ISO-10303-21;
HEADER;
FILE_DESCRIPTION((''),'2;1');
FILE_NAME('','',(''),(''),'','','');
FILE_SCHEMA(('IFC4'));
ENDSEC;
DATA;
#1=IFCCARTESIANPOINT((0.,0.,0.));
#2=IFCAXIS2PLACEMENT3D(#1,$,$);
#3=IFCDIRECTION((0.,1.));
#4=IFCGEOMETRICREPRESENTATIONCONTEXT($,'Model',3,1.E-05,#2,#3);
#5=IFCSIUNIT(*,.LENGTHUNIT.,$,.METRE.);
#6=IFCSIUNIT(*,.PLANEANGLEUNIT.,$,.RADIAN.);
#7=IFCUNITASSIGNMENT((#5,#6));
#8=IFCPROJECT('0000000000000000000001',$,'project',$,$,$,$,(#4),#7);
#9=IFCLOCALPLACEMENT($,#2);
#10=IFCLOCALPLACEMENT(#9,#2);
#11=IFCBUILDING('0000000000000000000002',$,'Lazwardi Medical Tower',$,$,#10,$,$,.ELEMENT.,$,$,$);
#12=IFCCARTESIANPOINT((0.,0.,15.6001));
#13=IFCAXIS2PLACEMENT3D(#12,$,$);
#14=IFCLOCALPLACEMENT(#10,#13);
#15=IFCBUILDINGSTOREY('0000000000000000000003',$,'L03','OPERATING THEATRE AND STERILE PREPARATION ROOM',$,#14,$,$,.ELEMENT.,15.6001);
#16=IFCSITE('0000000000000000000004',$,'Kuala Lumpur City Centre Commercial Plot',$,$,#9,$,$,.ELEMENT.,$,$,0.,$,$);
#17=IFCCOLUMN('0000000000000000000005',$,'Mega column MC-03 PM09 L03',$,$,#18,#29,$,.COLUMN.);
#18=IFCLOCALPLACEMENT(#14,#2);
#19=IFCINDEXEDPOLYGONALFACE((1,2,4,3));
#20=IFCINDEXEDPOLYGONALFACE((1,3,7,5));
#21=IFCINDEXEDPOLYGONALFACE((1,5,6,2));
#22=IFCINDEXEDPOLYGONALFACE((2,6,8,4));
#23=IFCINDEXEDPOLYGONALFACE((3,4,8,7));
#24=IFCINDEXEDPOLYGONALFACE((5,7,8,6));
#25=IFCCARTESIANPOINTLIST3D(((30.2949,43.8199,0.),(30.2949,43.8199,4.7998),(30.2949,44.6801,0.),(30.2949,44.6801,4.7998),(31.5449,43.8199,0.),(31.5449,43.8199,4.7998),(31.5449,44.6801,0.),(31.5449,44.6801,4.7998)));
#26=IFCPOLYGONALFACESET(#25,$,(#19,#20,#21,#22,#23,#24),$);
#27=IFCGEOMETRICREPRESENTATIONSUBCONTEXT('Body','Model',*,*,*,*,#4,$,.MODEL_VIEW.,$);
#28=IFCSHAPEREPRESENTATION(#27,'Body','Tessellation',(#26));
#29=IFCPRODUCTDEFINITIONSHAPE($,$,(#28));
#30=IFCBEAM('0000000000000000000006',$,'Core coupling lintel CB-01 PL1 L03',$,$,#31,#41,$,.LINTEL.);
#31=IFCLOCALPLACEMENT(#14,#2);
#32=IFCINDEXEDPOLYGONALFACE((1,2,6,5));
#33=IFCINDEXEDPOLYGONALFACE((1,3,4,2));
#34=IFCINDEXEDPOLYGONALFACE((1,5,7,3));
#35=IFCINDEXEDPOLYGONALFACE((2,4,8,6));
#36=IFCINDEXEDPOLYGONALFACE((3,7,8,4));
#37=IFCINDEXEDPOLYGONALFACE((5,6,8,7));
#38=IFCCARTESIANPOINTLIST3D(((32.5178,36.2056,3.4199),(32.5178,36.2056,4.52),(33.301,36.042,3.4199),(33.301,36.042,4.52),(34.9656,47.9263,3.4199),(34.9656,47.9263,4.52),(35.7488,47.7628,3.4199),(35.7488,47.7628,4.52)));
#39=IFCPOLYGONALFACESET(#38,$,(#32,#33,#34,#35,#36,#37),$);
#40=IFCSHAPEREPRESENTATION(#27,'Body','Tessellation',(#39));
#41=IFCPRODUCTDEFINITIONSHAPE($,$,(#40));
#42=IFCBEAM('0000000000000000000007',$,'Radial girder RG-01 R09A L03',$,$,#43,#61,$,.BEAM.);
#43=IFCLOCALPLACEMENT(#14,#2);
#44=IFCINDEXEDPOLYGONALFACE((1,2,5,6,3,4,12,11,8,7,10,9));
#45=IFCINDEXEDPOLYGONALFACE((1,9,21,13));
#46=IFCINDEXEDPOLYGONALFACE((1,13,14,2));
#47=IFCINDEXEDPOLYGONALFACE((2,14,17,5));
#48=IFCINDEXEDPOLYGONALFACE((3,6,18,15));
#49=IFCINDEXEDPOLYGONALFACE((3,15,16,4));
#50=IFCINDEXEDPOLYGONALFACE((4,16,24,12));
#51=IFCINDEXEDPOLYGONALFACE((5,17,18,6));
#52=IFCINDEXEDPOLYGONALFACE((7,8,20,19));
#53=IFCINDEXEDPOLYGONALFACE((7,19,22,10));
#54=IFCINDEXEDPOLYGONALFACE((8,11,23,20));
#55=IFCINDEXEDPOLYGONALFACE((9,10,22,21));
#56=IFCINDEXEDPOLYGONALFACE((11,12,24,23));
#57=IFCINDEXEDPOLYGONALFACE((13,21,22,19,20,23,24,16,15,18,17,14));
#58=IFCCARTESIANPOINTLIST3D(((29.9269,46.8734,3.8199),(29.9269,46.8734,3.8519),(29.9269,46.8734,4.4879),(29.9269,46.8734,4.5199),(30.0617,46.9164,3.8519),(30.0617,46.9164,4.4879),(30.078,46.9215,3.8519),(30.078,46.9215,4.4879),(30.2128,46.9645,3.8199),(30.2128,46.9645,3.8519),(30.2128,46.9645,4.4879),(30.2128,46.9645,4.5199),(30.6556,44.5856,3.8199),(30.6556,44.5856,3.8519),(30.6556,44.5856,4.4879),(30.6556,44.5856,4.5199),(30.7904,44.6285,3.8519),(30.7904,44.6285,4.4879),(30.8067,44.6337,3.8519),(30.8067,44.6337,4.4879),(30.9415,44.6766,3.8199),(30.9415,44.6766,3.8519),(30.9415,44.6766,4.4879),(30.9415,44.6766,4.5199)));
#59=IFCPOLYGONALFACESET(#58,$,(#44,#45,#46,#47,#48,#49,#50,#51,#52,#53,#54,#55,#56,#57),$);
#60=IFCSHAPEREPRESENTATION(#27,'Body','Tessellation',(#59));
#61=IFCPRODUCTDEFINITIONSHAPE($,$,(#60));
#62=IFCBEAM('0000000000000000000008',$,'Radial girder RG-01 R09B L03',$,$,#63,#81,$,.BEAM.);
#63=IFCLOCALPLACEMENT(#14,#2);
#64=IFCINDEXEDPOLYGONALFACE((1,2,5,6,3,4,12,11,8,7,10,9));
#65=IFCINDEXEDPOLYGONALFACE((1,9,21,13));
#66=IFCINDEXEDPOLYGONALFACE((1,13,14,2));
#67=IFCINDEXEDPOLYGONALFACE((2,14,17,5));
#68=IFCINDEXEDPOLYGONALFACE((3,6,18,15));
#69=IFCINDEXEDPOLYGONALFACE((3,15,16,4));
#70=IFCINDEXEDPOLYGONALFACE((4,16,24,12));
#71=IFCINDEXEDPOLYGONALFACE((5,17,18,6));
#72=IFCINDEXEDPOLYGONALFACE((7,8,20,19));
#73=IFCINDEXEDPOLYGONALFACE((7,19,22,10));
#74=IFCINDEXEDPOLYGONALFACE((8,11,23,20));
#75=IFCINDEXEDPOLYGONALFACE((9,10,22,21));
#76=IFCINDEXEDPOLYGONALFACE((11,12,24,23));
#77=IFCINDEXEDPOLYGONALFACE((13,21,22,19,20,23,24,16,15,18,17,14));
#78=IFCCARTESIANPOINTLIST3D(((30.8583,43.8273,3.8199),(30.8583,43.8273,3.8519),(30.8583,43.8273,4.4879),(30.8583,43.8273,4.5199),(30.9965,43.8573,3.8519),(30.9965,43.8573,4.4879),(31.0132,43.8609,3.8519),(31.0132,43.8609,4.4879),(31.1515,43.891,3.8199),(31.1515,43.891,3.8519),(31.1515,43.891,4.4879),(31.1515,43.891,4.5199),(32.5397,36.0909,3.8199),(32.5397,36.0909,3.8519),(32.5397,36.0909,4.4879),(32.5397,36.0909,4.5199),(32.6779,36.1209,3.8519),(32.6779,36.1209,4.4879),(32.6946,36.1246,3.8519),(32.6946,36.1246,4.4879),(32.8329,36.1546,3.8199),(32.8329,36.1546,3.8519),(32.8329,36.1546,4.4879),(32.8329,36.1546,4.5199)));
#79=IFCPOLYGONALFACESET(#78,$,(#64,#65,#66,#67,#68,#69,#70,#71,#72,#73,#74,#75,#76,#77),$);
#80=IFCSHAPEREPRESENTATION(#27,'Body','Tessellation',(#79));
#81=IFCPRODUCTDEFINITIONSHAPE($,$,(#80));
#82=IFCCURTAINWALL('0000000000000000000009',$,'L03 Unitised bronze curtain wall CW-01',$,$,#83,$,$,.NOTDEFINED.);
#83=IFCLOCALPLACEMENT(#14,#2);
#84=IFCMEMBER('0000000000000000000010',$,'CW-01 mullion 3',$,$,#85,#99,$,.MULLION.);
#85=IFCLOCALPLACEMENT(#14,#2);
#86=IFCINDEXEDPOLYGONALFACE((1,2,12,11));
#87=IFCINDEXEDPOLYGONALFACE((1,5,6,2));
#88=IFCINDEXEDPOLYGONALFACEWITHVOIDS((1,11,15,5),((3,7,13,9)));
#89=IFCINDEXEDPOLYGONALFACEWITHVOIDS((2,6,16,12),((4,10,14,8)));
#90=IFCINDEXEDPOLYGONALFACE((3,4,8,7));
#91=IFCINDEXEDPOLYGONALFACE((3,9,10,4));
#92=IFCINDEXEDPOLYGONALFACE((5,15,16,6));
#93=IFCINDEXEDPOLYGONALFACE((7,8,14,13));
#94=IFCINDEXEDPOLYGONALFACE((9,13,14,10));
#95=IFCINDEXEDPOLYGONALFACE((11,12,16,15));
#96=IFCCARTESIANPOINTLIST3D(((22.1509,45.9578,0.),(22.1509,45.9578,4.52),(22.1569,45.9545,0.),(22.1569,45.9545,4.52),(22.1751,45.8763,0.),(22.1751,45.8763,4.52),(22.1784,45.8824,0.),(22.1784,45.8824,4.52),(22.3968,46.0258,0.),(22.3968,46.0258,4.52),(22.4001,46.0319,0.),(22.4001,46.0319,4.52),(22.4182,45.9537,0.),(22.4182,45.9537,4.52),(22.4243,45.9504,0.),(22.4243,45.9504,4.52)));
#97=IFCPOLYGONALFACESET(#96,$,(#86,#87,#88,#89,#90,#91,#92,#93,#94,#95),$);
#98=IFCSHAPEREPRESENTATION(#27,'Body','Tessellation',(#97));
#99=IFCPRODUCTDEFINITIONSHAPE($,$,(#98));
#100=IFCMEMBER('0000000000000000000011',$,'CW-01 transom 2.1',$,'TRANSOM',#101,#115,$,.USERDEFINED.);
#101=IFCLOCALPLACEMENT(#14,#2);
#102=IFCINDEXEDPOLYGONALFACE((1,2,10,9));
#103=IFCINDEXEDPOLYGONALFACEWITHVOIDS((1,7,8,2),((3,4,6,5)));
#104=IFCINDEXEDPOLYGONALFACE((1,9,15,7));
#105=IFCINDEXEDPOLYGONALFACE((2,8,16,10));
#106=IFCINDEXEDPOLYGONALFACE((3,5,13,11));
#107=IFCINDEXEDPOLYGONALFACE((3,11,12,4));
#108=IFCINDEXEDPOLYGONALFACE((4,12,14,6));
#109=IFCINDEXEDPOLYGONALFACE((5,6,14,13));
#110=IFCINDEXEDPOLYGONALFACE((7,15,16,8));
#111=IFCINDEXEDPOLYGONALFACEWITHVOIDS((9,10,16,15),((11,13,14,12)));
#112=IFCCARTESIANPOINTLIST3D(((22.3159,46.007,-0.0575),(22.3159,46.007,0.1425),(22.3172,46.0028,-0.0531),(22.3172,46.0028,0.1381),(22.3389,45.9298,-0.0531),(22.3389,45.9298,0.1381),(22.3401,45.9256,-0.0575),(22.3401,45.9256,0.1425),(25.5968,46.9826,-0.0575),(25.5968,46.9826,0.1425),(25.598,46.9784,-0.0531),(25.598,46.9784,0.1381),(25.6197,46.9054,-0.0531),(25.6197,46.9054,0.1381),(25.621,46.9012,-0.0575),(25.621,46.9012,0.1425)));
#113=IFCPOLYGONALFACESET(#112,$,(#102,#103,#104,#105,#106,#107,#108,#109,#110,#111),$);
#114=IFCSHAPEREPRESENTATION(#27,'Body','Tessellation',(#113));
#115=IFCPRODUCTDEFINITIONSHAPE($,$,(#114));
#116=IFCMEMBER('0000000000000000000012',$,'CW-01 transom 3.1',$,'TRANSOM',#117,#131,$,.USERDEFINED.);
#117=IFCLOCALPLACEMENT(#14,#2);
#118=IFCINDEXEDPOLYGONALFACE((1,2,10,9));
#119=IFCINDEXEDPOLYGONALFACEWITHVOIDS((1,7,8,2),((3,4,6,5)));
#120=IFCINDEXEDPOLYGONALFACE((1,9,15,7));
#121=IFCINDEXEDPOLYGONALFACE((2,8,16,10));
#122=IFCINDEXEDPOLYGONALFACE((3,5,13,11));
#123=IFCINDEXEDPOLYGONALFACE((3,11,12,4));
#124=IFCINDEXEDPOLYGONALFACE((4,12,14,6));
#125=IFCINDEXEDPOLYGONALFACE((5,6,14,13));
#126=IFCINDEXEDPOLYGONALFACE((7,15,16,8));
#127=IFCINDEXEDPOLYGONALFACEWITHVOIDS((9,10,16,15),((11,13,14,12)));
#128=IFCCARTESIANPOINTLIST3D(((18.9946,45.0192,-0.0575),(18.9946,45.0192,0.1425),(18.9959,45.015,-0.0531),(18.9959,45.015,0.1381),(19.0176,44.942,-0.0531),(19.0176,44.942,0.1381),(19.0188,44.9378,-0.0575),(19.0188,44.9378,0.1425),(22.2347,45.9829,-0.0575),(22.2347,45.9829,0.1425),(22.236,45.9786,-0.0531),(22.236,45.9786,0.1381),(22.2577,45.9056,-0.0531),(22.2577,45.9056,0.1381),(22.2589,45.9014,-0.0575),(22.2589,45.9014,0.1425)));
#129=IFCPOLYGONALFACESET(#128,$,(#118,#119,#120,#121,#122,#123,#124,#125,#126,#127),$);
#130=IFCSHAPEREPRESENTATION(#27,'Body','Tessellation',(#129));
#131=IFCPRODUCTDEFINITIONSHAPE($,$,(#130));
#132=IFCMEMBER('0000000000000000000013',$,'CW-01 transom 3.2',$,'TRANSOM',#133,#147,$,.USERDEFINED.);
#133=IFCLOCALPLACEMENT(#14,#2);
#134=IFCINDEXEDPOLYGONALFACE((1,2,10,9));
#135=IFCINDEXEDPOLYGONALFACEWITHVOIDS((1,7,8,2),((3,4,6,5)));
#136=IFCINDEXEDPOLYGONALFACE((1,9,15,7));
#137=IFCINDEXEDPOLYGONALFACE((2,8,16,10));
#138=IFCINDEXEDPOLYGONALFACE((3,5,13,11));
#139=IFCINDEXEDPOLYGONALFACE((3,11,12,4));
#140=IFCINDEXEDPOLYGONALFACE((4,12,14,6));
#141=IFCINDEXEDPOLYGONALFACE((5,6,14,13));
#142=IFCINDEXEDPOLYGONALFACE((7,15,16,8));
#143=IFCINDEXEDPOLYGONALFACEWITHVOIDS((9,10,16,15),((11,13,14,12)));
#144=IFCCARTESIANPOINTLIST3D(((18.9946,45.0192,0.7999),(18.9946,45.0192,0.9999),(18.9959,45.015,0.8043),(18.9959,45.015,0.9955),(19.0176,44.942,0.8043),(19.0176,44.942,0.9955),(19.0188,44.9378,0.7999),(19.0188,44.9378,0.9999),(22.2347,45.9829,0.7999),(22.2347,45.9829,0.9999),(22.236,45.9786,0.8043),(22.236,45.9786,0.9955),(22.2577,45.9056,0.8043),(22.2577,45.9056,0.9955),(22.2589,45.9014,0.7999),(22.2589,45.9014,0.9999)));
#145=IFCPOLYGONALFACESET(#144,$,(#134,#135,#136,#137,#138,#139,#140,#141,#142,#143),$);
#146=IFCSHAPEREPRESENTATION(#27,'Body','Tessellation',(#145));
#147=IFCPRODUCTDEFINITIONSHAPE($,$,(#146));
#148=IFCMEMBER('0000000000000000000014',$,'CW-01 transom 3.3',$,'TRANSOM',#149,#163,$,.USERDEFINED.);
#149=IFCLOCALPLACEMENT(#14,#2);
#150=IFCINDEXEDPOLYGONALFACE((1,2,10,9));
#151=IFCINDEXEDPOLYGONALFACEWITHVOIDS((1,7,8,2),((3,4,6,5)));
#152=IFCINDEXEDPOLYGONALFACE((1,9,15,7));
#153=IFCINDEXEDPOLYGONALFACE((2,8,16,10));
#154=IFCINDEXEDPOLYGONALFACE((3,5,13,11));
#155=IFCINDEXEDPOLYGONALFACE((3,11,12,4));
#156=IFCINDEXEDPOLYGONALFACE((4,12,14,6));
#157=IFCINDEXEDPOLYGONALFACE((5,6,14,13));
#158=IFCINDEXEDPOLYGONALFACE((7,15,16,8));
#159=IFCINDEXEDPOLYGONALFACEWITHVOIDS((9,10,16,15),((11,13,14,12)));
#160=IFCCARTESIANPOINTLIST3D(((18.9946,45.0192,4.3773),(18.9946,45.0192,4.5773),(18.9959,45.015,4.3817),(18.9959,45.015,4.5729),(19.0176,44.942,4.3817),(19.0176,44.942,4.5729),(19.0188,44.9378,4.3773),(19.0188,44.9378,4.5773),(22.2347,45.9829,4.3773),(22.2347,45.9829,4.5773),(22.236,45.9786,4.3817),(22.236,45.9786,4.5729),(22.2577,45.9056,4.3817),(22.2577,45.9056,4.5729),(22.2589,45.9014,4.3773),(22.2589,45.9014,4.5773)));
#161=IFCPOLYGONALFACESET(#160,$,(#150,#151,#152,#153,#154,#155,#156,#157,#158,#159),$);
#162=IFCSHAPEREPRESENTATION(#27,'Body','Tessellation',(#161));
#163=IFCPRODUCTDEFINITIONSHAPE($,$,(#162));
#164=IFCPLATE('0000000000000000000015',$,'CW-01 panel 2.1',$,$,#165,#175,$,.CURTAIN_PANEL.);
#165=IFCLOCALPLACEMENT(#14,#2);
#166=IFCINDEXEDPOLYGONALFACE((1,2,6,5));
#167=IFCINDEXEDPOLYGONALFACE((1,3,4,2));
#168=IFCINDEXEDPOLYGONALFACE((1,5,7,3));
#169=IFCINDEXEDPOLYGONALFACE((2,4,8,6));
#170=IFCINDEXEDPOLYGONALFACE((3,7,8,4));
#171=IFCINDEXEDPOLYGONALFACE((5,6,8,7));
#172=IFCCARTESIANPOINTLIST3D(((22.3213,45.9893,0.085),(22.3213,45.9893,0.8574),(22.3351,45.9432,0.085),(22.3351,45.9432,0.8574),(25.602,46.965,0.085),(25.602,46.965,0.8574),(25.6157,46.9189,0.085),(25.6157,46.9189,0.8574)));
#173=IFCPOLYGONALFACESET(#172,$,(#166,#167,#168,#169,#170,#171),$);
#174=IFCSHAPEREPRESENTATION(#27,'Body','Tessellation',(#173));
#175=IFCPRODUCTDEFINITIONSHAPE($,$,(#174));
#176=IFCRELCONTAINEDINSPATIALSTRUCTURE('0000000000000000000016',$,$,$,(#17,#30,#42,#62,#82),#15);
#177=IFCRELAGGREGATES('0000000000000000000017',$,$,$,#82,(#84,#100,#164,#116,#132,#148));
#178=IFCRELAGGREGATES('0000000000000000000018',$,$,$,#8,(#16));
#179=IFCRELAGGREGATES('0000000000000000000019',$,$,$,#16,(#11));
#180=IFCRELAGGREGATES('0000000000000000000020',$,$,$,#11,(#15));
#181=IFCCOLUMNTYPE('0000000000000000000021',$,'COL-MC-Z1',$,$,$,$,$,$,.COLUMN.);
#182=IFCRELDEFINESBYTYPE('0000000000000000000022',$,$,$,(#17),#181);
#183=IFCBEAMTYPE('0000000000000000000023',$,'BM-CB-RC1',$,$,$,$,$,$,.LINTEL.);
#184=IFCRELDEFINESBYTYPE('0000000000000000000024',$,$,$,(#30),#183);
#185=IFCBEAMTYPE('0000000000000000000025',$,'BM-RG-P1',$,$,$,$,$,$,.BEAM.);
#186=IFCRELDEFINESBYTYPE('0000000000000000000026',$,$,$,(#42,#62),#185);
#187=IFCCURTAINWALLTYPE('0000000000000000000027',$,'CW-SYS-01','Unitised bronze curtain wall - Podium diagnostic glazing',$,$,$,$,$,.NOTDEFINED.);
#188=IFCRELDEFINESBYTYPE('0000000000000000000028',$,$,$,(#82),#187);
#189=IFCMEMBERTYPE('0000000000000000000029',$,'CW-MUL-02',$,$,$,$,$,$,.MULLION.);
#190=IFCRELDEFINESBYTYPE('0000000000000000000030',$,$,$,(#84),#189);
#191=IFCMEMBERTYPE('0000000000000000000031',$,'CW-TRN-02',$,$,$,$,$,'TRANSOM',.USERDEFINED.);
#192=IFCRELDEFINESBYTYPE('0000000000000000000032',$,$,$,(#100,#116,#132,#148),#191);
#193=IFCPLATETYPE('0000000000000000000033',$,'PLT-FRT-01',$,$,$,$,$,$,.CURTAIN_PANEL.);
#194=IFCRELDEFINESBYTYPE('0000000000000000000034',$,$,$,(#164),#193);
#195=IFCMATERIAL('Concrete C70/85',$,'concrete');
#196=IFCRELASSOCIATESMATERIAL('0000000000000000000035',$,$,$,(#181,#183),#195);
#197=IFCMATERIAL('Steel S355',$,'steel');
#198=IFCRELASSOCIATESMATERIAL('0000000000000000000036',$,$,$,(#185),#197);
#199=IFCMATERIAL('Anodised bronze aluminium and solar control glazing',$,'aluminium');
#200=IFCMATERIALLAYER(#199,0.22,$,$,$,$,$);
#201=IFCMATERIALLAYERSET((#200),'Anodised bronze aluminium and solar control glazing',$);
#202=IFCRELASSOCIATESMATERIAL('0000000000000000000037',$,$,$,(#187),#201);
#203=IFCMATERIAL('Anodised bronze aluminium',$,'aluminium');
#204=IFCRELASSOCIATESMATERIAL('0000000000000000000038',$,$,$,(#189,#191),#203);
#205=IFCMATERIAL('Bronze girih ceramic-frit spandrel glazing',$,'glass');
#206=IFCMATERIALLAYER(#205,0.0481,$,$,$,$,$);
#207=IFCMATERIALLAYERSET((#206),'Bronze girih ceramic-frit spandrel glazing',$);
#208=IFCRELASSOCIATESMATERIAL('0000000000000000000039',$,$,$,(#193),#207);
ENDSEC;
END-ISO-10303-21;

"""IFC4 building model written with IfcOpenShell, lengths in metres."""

from ifc_helpers import new_model, si_unit, direction, frame, origin, origin_2d, place, context, subcontext, project, spatial, rectangle, hollow_rectangle, i_section, extrude, material, layer, layer_set, material_profile, profile_set, type_object, element, aggregate, save


model = new_model("IFC4")

# Units and contexts
model_context = context("Model", 3, precision=1e-05, world=origin(), true_north=direction((0.0, 1.0)))
body_context = subcontext(model_context, "Body", "Model", "MODEL_VIEW")
ifc_project = project(units=[si_unit("LENGTHUNIT", "METRE"), si_unit("PLANEANGLEUNIT", "RADIAN")], contexts=[model_context])

# Site, building, storey
site_placement = place(None, origin())
site = spatial("IfcSite", under=ifc_project, at=site_placement, Name="Kuala Lumpur City Centre Commercial Plot", CompositionType="ELEMENT", RefElevation=0.0)
building_placement = place(site_placement, origin())
building = spatial("IfcBuilding", under=site, at=building_placement, Name="Lazwardi Medical Tower", CompositionType="ELEMENT")
storey_placement = place(building_placement, frame((0.0, 0.0, 15.6001)))
storey = spatial("IfcBuildingStorey", under=building, at=storey_placement, Name="L03", Description="OPERATING THEATRE AND STERILE PREPARATION ROOM", CompositionType="ELEMENT", Elevation=15.6001)

# Column
ifc_material_1 = material(Name="Concrete C70/85", Category="concrete")
ifc_material_profile_1 = material_profile(ifc_material_1, rectangle(XDim=1.25, YDim=0.8601, at=origin_2d()), Name="CFT-RECT 1250x860")
ifc_profile_set_1 = profile_set([ifc_material_profile_1], Name="Concrete C70/85")
column_type = type_object("IfcColumnType", Name="COL-MC-Z1", PredefinedType="COLUMN", material=ifc_profile_set_1)
column_placement = place(storey_placement, frame((30.9199, 44.25, 0.0), z_axis=(0.0, 0.0, 1.0), x_axis=(1.0, 0.0, 0.0)))
element("IfcColumn", 1, at=column_placement, inside=storey, type_object=column_type, Name="Mega column MC-03 PM09 L03", PredefinedType="COLUMN", context=body_context, shape_type="SweptSolid", body=[
    extrude(rectangle(XDim=1.25, YDim=0.8601, at=origin_2d()), origin(), (0.0, 0.0, 1.0), 4.7998),
])

# Beams
ifc_material_profile_2 = material_profile(ifc_material_1, rectangle(XDim=0.8, YDim=1.1001, at=origin_2d()), Name="RC 800x1100")
ifc_profile_set_2 = profile_set([ifc_material_profile_2], Name="Concrete C70/85")
beam_type_1 = type_object("IfcBeamType", Name="BM-CB-RC1", PredefinedType="LINTEL", material=ifc_profile_set_2)
beam_1_placement = place(storey_placement, frame((32.9094, 36.1238, 3.97), z_axis=(0.20443, 0.978881, 0.0), x_axis=(-0.978881, 0.20443, 0.0)))
element("IfcBeam", 2, at=beam_1_placement, inside=storey, type_object=beam_type_1, Name="Core coupling lintel CB-01 PL1 L03", PredefinedType="LINTEL", context=body_context, shape_type="SweptSolid", body=[
    extrude(rectangle(XDim=0.8, YDim=1.1001, at=origin_2d()), origin(), (0.0, 0.0, 1.0), 11.9736),
])
ifc_material_2 = material(Name="Steel S355", Category="steel")
ifc_material_profile_3 = material_profile(ifc_material_2, i_section(OverallWidth=0.3, OverallDepth=0.7, WebThickness=0.0171, FlangeThickness=0.032, at=origin_2d()), Name="HEB 700")
ifc_profile_set_3 = profile_set([ifc_material_profile_3], Name="Steel S355")
beam_type_2 = type_object("IfcBeamType", Name="BM-RG-P1", PredefinedType="BEAM", material=ifc_profile_set_3)
beam_2_placement = place(storey_placement, frame((30.0698, 46.9189, 4.1699), z_axis=(0.30351, -0.952828, 0.0), x_axis=(0.952828, 0.30351, 0.0)))
element("IfcBeam", 3, at=beam_2_placement, inside=storey, type_object=beam_type_2, Name="Radial girder RG-01 R09A L03", PredefinedType="BEAM", context=body_context, shape_type="SweptSolid", body=[
    extrude(i_section(OverallWidth=0.3, OverallDepth=0.7, WebThickness=0.0171, FlangeThickness=0.032, at=origin_2d()), origin(), (0.0, 0.0, 1.0), 2.4011),
])
beam_3_placement = place(storey_placement, frame((31.0049, 43.8591, 4.1699), z_axis=(0.21238, -0.977187, 0.0), x_axis=(0.977187, 0.21238, 0.0)))
element("IfcBeam", 4, at=beam_3_placement, inside=storey, type_object=beam_type_2, Name="Radial girder RG-01 R09B L03", PredefinedType="BEAM", context=body_context, shape_type="SweptSolid", body=[
    extrude(i_section(OverallWidth=0.3, OverallDepth=0.7, WebThickness=0.0171, FlangeThickness=0.032, at=origin_2d()), origin(), (0.0, 0.0, 1.0), 7.917),
])

# Curtain wall, members, plate
ifc_material_3 = material(Name="Anodised bronze aluminium and solar control glazing", Category="aluminium")
ifc_layer_1 = layer(ifc_material_3, 0.22)
ifc_layer_set_1 = layer_set([ifc_layer_1], Name="Anodised bronze aluminium and solar control glazing")
curtain_wall_type = type_object("IfcCurtainWallType", Name="CW-SYS-01", Description="Unitised bronze curtain wall - Podium diagnostic glazing", PredefinedType="NOTDEFINED", material=ifc_layer_set_1)
curtain_wall_placement = place(storey_placement, origin())
curtain_wall = element("IfcCurtainWall", 5, at=curtain_wall_placement, inside=storey, type_object=curtain_wall_type, Name="L03 Unitised bronze curtain wall CW-01", PredefinedType="NOTDEFINED")
ifc_material_4 = material(Name="Anodised bronze aluminium", Category="aluminium")
ifc_material_profile_4 = material_profile(ifc_material_4, hollow_rectangle(XDim=0.085, YDim=0.26, WallThickness=0.0049, at=origin_2d()), Name="ALU-MULLION 260x85x5")
ifc_profile_set_4 = profile_set([ifc_material_profile_4], Name="Anodised bronze aluminium")
member_type_1 = type_object("IfcMemberType", Name="CW-MUL-02", PredefinedType="MULLION", material=ifc_profile_set_4)
member_1_placement = place(storey_placement, frame((22.2876, 45.9541, 0.0), z_axis=(0.0, 0.0, 1.0), x_axis=(0.285047, -0.958513, 0.0)))
member_1 = element("IfcMember", 6, at=member_1_placement, type_object=member_type_1, Name="CW-01 mullion 3", PredefinedType="MULLION", context=body_context, shape_type="SweptSolid", body=[
    extrude(hollow_rectangle(XDim=0.085, YDim=0.26, WallThickness=0.0049, at=origin_2d()), origin(), (0.0, 0.0, 1.0), 4.52),
])
ifc_material_profile_5 = material_profile(ifc_material_4, hollow_rectangle(XDim=0.085, YDim=0.2, WallThickness=0.0044, at=origin_2d()), Name="ALU-TRANSOM 200x85x4.5")
ifc_profile_set_5 = profile_set([ifc_material_profile_5], Name="Anodised bronze aluminium")
member_type_2 = type_object("IfcMemberType", Name="CW-TRN-02", ElementType="TRANSOM", PredefinedType="USERDEFINED", material=ifc_profile_set_5)
member_2_placement = place(storey_placement, frame((25.6089, 46.9419, 0.0425), z_axis=(-0.958518, -0.28503, 0.0), x_axis=(0.28503, -0.958518, 0.0)))
member_2 = element("IfcMember", 7, at=member_2_placement, type_object=member_type_2, Name="CW-01 transom 2.1", ObjectType="TRANSOM", PredefinedType="USERDEFINED", context=body_context, shape_type="SweptSolid", body=[
    extrude(hollow_rectangle(XDim=0.085, YDim=0.2, WallThickness=0.0044, at=origin_2d()), origin(), (0.0, 0.0, 1.0), 3.4229),
])
member_3_placement = place(storey_placement, frame((22.2468, 45.9421, 0.0425), z_axis=(-0.958505, -0.285074, 0.0), x_axis=(0.285074, -0.958505, 0.0)))
member_3 = element("IfcMember", 8, at=member_3_placement, type_object=member_type_2, Name="CW-01 transom 3.1", ObjectType="TRANSOM", PredefinedType="USERDEFINED", context=body_context, shape_type="SweptSolid", body=[
    extrude(hollow_rectangle(XDim=0.085, YDim=0.2, WallThickness=0.0044, at=origin_2d()), origin(), (0.0, 0.0, 1.0), 3.3804),
])
member_4_placement = place(storey_placement, frame((22.2468, 45.9421, 0.8999), z_axis=(-0.958505, -0.285074, 0.0), x_axis=(0.285074, -0.958505, 0.0)))
member_4 = element("IfcMember", 9, at=member_4_placement, type_object=member_type_2, Name="CW-01 transom 3.2", ObjectType="TRANSOM", PredefinedType="USERDEFINED", context=body_context, shape_type="SweptSolid", body=[
    extrude(hollow_rectangle(XDim=0.085, YDim=0.2, WallThickness=0.0044, at=origin_2d()), origin(), (0.0, 0.0, 1.0), 3.3804),
])
member_5_placement = place(storey_placement, frame((22.2468, 45.9421, 4.4773), z_axis=(-0.958505, -0.285074, 0.0), x_axis=(0.285074, -0.958505, 0.0)))
member_5 = element("IfcMember", 10, at=member_5_placement, type_object=member_type_2, Name="CW-01 transom 3.3", ObjectType="TRANSOM", PredefinedType="USERDEFINED", context=body_context, shape_type="SweptSolid", body=[
    extrude(hollow_rectangle(XDim=0.085, YDim=0.2, WallThickness=0.0044, at=origin_2d()), origin(), (0.0, 0.0, 1.0), 3.3804),
])
ifc_material_5 = material(Name="Bronze girih ceramic-frit spandrel glazing", Category="glass")
ifc_layer_2 = layer(ifc_material_5, 0.0481)
ifc_layer_set_2 = layer_set([ifc_layer_2], Name="Bronze girih ceramic-frit spandrel glazing")
plate_type_1 = type_object("IfcPlateType", Name="PLT-FRT-01", PredefinedType="CURTAIN_PANEL", material=ifc_layer_set_2)
plate_1_placement = place(storey_placement, frame((23.9685, 46.4541, 0.085), z_axis=(0.0, 0.0, 1.0), x_axis=(-0.958513, -0.285047, 0.0)))
plate_1 = element("IfcPlate", 11, at=plate_1_placement, type_object=plate_type_1, Name="CW-01 panel 2.1", PredefinedType="CURTAIN_PANEL", context=body_context, shape_type="SweptSolid", body=[
    extrude(rectangle(XDim=3.4226, YDim=0.0481, at=origin_2d()), origin(), (0.0, 0.0, 1.0), 0.7725),
])
aggregate(curtain_wall, [member_1, member_2, plate_1, member_3, member_4, member_5])

save(model, "model.ifc")
